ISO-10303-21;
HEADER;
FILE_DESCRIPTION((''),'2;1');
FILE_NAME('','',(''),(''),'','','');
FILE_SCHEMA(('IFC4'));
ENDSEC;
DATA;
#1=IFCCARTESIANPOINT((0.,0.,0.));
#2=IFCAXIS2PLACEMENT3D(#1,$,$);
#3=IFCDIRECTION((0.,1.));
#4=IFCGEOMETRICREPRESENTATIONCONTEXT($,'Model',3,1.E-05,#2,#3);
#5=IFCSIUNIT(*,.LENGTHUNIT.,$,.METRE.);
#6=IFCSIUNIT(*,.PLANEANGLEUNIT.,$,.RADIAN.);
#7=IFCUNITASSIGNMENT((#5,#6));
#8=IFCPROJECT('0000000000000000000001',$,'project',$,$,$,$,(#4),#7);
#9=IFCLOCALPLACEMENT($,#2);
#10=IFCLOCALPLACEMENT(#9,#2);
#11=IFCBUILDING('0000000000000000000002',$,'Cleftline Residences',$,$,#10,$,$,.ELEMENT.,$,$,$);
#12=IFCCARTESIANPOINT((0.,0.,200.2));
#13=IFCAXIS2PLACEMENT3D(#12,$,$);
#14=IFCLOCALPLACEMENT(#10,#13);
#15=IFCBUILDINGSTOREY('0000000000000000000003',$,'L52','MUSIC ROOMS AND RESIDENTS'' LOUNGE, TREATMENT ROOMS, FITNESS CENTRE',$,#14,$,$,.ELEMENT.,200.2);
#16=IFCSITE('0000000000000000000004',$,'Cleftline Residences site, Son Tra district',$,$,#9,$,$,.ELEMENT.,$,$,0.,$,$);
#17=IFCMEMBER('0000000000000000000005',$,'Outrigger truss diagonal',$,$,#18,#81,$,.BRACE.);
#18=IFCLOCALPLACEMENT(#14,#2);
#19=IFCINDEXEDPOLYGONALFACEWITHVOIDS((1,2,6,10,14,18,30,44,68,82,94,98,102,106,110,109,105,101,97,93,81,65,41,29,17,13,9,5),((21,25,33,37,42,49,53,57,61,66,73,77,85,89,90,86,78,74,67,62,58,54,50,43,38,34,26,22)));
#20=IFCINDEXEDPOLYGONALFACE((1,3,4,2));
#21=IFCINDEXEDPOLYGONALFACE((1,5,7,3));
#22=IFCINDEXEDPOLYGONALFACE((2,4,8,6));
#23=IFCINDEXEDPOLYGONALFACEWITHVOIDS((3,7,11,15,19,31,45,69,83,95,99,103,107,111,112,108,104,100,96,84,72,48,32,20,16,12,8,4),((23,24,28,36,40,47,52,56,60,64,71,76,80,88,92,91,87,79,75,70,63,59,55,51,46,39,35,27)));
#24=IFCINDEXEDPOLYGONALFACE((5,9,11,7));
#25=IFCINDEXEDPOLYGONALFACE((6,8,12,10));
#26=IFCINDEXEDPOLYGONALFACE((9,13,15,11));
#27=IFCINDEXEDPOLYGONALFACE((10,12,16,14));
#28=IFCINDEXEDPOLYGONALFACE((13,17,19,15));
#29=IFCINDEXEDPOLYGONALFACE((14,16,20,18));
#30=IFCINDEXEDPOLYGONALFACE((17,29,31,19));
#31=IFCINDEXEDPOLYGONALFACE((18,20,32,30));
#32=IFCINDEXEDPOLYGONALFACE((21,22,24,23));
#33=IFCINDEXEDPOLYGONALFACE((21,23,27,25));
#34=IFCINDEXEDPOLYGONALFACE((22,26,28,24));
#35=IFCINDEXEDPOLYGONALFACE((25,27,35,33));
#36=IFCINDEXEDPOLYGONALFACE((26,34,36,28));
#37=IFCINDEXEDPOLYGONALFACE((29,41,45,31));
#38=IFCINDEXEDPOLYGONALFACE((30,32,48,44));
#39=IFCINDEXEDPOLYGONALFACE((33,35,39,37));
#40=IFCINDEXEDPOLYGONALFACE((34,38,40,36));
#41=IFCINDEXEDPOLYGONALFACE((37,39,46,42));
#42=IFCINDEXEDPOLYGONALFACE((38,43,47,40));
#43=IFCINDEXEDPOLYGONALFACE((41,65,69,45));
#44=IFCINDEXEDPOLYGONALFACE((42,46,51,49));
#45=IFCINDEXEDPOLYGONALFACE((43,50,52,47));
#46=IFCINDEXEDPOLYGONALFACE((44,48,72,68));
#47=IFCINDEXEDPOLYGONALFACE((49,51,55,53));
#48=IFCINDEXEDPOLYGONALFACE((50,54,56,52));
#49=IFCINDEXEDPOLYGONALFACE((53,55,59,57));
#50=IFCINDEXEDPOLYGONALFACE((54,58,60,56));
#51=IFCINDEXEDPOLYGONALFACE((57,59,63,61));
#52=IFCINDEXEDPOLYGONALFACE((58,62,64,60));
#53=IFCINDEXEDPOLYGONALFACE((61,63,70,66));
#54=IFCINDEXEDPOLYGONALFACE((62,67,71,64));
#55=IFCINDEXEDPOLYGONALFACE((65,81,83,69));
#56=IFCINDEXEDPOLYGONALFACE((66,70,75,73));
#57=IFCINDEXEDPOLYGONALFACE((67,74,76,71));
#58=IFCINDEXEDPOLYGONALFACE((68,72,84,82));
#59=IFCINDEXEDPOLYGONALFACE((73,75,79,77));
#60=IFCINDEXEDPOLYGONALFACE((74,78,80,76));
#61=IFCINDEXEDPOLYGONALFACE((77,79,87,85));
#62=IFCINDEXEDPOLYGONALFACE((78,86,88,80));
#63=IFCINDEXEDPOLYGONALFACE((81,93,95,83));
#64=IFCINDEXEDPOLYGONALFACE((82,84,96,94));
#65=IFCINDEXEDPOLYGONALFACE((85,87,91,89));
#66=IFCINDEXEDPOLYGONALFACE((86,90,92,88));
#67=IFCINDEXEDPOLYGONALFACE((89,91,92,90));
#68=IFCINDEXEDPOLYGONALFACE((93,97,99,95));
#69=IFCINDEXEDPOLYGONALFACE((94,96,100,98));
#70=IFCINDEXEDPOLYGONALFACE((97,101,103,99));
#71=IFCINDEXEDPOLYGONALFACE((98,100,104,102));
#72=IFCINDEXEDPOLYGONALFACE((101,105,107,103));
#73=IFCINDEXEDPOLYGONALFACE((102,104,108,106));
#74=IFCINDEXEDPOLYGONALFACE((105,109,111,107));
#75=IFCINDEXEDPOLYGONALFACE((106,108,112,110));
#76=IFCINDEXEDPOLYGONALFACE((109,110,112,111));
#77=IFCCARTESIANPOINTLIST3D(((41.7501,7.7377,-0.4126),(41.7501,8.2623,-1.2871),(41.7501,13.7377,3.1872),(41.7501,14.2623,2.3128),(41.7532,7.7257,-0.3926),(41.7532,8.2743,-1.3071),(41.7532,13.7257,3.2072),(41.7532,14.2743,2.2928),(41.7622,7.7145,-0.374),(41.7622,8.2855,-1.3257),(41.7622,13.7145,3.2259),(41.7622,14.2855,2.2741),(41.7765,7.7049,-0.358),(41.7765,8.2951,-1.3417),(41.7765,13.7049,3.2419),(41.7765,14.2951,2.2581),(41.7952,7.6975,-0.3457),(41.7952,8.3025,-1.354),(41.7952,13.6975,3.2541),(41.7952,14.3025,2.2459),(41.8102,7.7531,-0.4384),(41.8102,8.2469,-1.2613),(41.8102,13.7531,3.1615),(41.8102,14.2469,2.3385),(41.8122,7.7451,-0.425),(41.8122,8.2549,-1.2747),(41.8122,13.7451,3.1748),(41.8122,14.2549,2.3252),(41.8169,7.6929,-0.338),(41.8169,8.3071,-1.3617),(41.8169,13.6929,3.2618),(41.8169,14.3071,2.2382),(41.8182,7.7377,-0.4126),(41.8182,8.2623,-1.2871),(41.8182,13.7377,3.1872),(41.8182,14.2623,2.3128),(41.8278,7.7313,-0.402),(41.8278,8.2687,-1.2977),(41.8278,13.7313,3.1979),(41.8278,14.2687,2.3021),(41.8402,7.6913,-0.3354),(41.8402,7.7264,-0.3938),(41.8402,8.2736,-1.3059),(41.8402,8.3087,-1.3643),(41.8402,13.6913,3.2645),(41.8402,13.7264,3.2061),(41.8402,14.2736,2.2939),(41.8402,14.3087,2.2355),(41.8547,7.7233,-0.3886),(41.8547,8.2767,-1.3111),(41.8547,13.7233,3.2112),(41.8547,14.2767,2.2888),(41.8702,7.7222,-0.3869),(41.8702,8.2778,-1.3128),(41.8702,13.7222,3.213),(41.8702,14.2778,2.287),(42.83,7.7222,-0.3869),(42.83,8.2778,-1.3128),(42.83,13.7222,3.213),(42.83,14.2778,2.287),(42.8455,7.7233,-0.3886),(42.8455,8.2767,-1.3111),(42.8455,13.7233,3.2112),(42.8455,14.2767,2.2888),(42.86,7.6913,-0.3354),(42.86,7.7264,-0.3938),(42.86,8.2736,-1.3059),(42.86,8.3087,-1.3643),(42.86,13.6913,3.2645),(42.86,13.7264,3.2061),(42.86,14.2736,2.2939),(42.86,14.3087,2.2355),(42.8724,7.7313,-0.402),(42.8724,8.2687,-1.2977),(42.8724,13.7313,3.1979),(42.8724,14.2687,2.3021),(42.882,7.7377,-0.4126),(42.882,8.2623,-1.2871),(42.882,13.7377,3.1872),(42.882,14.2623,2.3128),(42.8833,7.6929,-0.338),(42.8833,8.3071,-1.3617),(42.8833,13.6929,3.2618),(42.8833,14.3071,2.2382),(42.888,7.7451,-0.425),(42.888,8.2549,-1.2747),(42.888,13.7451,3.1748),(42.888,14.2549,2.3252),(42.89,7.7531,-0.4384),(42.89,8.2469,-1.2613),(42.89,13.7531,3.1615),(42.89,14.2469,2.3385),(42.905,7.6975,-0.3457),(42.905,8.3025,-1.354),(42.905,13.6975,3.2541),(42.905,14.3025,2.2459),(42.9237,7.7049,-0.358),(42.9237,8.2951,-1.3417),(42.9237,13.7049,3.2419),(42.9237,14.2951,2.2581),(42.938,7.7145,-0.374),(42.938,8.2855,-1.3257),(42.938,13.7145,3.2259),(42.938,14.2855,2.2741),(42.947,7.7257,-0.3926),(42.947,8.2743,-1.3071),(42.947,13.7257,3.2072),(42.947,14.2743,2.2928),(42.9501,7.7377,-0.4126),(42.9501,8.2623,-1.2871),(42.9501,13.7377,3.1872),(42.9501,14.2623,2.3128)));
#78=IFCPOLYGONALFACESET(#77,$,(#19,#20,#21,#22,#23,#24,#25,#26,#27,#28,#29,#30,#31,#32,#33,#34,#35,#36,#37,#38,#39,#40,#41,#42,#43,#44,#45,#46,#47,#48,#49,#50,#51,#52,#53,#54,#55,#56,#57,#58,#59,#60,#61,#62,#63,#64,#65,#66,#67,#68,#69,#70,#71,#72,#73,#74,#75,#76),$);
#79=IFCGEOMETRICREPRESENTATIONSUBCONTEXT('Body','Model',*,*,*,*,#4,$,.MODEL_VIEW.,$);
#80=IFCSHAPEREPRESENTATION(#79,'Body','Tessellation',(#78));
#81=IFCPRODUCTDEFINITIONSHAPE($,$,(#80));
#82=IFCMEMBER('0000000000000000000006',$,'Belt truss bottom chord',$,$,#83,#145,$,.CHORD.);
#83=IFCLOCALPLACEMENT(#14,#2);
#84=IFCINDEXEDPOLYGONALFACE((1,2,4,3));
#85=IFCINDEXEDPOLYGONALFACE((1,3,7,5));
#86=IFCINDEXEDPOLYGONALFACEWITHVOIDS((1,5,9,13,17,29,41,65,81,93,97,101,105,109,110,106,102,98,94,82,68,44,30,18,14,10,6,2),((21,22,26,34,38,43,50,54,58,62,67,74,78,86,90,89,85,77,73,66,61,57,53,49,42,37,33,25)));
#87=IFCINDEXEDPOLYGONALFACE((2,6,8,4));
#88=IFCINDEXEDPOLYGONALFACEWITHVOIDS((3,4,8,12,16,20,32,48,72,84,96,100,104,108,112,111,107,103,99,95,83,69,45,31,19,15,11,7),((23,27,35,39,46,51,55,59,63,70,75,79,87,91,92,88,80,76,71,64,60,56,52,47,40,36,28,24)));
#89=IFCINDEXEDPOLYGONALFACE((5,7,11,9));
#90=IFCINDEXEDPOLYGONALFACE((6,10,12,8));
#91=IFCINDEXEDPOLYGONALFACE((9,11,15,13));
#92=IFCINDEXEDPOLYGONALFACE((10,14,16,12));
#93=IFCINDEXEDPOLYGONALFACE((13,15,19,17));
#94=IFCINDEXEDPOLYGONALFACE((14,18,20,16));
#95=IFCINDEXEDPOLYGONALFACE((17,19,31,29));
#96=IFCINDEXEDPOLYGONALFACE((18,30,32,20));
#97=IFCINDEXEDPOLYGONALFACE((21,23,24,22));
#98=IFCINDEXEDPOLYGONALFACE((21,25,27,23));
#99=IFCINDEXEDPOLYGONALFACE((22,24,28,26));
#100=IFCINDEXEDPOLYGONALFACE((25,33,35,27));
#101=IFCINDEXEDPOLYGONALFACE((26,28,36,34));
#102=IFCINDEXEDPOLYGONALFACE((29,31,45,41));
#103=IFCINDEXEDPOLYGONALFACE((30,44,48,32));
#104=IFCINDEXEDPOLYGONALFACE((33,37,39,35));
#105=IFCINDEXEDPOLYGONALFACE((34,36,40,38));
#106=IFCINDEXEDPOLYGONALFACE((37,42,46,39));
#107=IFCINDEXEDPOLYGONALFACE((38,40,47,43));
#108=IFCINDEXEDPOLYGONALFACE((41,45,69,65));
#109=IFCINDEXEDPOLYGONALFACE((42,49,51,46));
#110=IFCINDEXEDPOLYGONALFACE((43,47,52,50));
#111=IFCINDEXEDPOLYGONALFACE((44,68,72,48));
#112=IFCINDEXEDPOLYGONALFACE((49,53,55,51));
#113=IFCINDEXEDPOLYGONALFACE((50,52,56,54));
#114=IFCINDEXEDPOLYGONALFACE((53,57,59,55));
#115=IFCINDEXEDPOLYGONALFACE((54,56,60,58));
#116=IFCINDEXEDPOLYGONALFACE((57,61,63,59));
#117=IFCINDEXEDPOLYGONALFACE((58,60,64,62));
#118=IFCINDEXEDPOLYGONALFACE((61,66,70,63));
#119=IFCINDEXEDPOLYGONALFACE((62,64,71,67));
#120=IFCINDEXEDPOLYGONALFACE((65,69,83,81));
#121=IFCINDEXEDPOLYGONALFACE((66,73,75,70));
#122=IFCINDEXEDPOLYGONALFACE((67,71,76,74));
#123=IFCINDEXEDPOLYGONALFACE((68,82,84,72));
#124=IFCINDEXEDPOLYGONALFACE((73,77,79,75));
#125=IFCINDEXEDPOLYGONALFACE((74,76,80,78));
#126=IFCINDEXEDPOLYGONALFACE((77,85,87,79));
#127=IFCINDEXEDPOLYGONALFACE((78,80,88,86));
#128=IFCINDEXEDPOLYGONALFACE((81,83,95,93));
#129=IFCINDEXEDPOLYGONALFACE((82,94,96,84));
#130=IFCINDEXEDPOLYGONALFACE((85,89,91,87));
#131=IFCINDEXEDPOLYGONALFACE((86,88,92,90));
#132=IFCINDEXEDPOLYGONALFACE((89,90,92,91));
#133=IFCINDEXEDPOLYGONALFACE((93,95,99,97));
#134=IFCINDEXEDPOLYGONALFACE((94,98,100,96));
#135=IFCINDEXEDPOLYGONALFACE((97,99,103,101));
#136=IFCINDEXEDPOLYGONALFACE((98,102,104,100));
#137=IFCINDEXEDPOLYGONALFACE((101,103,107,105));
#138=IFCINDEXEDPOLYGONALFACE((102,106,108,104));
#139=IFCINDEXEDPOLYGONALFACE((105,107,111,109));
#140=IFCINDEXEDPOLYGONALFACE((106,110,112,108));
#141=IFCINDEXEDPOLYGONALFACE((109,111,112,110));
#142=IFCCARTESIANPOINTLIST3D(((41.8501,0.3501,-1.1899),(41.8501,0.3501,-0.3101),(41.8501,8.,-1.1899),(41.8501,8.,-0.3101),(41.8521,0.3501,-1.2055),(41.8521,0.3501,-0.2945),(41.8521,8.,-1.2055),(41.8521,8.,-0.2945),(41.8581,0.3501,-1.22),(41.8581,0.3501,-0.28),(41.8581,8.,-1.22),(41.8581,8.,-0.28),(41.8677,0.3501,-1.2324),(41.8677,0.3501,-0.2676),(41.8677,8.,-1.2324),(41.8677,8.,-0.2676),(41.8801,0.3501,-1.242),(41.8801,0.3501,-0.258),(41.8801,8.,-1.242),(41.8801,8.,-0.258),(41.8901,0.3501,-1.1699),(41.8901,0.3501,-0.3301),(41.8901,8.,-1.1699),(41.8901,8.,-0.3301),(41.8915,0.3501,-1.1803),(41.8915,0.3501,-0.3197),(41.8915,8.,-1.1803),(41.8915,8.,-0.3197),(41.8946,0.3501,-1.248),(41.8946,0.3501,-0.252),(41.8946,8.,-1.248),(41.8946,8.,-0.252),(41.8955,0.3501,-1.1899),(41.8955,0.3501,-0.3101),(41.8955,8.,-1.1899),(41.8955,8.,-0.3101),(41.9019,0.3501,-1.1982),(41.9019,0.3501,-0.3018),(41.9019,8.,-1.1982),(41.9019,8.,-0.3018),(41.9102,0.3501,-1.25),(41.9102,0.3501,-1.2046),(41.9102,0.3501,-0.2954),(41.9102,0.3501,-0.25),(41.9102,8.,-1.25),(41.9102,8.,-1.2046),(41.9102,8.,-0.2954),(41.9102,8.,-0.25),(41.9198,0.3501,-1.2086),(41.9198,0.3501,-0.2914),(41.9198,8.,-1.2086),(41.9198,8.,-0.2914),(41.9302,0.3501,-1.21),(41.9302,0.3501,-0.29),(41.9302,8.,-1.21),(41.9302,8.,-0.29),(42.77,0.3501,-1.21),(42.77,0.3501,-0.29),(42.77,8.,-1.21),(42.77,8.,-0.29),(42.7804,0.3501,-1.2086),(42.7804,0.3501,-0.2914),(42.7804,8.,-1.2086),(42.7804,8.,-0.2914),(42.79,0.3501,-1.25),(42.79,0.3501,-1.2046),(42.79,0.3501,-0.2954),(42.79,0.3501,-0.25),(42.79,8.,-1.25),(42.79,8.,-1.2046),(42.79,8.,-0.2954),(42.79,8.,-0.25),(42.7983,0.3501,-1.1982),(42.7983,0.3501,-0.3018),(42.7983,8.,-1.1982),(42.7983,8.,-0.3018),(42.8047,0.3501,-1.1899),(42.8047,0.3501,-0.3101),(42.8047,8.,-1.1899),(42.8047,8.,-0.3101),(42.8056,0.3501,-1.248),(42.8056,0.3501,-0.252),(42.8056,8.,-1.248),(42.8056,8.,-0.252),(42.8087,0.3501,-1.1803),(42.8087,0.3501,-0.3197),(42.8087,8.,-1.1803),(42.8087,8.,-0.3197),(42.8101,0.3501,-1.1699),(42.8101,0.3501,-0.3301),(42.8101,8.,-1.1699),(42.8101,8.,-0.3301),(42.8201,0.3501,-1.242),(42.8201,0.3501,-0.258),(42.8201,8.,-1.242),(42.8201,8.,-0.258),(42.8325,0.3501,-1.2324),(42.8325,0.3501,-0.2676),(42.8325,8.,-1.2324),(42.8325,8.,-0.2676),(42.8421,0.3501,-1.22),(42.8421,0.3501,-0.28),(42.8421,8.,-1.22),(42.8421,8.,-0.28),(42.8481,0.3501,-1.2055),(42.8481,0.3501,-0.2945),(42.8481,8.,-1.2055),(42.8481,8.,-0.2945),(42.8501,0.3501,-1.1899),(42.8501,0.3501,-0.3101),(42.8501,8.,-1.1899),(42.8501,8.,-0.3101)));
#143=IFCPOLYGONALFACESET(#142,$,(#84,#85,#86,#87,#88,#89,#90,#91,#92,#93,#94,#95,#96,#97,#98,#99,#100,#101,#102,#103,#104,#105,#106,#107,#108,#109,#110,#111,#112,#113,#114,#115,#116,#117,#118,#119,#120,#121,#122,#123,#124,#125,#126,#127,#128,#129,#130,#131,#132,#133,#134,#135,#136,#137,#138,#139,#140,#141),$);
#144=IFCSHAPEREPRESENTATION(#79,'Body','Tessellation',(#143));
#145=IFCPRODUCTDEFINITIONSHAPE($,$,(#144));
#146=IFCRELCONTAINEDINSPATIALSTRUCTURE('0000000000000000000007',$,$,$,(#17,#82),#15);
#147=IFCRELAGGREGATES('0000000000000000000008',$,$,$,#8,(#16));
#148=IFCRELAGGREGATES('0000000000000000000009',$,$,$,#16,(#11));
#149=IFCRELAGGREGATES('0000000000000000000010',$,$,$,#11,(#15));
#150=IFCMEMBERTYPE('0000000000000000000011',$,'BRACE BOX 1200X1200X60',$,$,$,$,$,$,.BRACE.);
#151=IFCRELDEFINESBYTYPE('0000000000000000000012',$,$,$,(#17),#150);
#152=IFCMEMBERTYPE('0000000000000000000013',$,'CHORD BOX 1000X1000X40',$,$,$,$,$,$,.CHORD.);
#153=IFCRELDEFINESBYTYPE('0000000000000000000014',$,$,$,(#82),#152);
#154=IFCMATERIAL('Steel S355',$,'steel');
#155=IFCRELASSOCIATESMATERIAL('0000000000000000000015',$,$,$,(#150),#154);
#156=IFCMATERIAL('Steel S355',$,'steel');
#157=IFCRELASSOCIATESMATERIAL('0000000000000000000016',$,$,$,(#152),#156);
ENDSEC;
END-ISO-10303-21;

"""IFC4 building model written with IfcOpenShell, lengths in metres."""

from ifc_helpers import new_model, si_unit, direction, frame, origin, origin_2d, place, context, subcontext, project, spatial, hollow_rectangle, extrude, material, material_profile, profile_set, type_object, element, save


model = new_model("IFC4")

# Units and contexts
model_context = context("Model", 3, precision=1e-05, world=origin(), true_north=direction((0.0, 1.0)))
body_context = subcontext(model_context, "Body", "Model", "MODEL_VIEW")
ifc_project = project(units=[si_unit("LENGTHUNIT", "METRE"), si_unit("PLANEANGLEUNIT", "RADIAN")], contexts=[model_context])

# Site, building, storey
site_placement = place(None, origin())
site = spatial("IfcSite", under=ifc_project, at=site_placement, Name="Cleftline Residences site, Son Tra district", CompositionType="ELEMENT", RefElevation=0.0)
building_placement = place(site_placement, origin())
building = spatial("IfcBuilding", under=site, at=building_placement, Name="Cleftline Residences", CompositionType="ELEMENT")
storey_placement = place(building_placement, frame((0.0, 0.0, 200.2)))
storey = spatial("IfcBuildingStorey", under=building, at=storey_placement, Name="L52", Description="MUSIC ROOMS AND RESIDENTS' LOUNGE, TREATMENT ROOMS, FITNESS CENTRE", CompositionType="ELEMENT", Elevation=200.2)

# Members
ifc_material_1 = material(Name="Steel S355", Category="steel")
ifc_material_profile_1 = material_profile(ifc_material_1, hollow_rectangle(XDim=1.2, YDim=1.2, WallThickness=0.0601, InnerFilletRadius=0.0601, OuterFilletRadius=0.0901, at=origin_2d()))
ifc_profile_set_1 = profile_set([ifc_material_profile_1], Name="Steel S355")
member_type_1 = type_object("IfcMemberType", Name="BRACE BOX 1200X1200X60", PredefinedType="BRACE", material=ifc_profile_set_1)
member_1_placement = place(storey_placement, frame((42.3501, 8.0, -0.8499), z_axis=(0.0, 0.857502, 0.51448), x_axis=(0.0, -0.51448, 0.857502)))
element("IfcMember", 1, at=member_1_placement, inside=storey, type_object=member_type_1, Name="Outrigger truss diagonal", PredefinedType="BRACE", context=body_context, shape_type="SweptSolid", body=[
    extrude(hollow_rectangle(XDim=1.2, YDim=1.2, WallThickness=0.0601, InnerFilletRadius=0.0601, OuterFilletRadius=0.0901, at=origin_2d()), origin(), (0.0, 0.0, 1.0), 6.9971),
])
ifc_material_2 = material(Name="Steel S355", Category="steel")
ifc_material_profile_2 = material_profile(ifc_material_2, hollow_rectangle(XDim=1.0, YDim=1.0, WallThickness=0.04, InnerFilletRadius=0.04, OuterFilletRadius=0.0601, at=origin_2d()))
ifc_profile_set_2 = profile_set([ifc_material_profile_2], Name="Steel S355")
member_type_2 = type_object("IfcMemberType", Name="CHORD BOX 1000X1000X40", PredefinedType="CHORD", material=ifc_profile_set_2)
for number, where, z_axis, x_axis, name in (
    (2, (42.3501, 0.3501, -0.75), (0.0, 1.0, 0.0), (-1.0, 0.0, 0.0), "Belt truss bottom chord"),
):
    element("IfcMember", number, at=place(storey_placement, frame(where, z_axis=z_axis, x_axis=x_axis)), inside=storey, type_object=member_type_2, Name=name, PredefinedType="CHORD", context=body_context, shape_type="SweptSolid", body=[
        extrude(hollow_rectangle(XDim=1.0, YDim=1.0, WallThickness=0.04, InnerFilletRadius=0.04, OuterFilletRadius=0.0601, at=origin_2d()), origin(), (0.0, 0.0, 1.0), 7.6499),
    ])

save(model, "model.ifc")
